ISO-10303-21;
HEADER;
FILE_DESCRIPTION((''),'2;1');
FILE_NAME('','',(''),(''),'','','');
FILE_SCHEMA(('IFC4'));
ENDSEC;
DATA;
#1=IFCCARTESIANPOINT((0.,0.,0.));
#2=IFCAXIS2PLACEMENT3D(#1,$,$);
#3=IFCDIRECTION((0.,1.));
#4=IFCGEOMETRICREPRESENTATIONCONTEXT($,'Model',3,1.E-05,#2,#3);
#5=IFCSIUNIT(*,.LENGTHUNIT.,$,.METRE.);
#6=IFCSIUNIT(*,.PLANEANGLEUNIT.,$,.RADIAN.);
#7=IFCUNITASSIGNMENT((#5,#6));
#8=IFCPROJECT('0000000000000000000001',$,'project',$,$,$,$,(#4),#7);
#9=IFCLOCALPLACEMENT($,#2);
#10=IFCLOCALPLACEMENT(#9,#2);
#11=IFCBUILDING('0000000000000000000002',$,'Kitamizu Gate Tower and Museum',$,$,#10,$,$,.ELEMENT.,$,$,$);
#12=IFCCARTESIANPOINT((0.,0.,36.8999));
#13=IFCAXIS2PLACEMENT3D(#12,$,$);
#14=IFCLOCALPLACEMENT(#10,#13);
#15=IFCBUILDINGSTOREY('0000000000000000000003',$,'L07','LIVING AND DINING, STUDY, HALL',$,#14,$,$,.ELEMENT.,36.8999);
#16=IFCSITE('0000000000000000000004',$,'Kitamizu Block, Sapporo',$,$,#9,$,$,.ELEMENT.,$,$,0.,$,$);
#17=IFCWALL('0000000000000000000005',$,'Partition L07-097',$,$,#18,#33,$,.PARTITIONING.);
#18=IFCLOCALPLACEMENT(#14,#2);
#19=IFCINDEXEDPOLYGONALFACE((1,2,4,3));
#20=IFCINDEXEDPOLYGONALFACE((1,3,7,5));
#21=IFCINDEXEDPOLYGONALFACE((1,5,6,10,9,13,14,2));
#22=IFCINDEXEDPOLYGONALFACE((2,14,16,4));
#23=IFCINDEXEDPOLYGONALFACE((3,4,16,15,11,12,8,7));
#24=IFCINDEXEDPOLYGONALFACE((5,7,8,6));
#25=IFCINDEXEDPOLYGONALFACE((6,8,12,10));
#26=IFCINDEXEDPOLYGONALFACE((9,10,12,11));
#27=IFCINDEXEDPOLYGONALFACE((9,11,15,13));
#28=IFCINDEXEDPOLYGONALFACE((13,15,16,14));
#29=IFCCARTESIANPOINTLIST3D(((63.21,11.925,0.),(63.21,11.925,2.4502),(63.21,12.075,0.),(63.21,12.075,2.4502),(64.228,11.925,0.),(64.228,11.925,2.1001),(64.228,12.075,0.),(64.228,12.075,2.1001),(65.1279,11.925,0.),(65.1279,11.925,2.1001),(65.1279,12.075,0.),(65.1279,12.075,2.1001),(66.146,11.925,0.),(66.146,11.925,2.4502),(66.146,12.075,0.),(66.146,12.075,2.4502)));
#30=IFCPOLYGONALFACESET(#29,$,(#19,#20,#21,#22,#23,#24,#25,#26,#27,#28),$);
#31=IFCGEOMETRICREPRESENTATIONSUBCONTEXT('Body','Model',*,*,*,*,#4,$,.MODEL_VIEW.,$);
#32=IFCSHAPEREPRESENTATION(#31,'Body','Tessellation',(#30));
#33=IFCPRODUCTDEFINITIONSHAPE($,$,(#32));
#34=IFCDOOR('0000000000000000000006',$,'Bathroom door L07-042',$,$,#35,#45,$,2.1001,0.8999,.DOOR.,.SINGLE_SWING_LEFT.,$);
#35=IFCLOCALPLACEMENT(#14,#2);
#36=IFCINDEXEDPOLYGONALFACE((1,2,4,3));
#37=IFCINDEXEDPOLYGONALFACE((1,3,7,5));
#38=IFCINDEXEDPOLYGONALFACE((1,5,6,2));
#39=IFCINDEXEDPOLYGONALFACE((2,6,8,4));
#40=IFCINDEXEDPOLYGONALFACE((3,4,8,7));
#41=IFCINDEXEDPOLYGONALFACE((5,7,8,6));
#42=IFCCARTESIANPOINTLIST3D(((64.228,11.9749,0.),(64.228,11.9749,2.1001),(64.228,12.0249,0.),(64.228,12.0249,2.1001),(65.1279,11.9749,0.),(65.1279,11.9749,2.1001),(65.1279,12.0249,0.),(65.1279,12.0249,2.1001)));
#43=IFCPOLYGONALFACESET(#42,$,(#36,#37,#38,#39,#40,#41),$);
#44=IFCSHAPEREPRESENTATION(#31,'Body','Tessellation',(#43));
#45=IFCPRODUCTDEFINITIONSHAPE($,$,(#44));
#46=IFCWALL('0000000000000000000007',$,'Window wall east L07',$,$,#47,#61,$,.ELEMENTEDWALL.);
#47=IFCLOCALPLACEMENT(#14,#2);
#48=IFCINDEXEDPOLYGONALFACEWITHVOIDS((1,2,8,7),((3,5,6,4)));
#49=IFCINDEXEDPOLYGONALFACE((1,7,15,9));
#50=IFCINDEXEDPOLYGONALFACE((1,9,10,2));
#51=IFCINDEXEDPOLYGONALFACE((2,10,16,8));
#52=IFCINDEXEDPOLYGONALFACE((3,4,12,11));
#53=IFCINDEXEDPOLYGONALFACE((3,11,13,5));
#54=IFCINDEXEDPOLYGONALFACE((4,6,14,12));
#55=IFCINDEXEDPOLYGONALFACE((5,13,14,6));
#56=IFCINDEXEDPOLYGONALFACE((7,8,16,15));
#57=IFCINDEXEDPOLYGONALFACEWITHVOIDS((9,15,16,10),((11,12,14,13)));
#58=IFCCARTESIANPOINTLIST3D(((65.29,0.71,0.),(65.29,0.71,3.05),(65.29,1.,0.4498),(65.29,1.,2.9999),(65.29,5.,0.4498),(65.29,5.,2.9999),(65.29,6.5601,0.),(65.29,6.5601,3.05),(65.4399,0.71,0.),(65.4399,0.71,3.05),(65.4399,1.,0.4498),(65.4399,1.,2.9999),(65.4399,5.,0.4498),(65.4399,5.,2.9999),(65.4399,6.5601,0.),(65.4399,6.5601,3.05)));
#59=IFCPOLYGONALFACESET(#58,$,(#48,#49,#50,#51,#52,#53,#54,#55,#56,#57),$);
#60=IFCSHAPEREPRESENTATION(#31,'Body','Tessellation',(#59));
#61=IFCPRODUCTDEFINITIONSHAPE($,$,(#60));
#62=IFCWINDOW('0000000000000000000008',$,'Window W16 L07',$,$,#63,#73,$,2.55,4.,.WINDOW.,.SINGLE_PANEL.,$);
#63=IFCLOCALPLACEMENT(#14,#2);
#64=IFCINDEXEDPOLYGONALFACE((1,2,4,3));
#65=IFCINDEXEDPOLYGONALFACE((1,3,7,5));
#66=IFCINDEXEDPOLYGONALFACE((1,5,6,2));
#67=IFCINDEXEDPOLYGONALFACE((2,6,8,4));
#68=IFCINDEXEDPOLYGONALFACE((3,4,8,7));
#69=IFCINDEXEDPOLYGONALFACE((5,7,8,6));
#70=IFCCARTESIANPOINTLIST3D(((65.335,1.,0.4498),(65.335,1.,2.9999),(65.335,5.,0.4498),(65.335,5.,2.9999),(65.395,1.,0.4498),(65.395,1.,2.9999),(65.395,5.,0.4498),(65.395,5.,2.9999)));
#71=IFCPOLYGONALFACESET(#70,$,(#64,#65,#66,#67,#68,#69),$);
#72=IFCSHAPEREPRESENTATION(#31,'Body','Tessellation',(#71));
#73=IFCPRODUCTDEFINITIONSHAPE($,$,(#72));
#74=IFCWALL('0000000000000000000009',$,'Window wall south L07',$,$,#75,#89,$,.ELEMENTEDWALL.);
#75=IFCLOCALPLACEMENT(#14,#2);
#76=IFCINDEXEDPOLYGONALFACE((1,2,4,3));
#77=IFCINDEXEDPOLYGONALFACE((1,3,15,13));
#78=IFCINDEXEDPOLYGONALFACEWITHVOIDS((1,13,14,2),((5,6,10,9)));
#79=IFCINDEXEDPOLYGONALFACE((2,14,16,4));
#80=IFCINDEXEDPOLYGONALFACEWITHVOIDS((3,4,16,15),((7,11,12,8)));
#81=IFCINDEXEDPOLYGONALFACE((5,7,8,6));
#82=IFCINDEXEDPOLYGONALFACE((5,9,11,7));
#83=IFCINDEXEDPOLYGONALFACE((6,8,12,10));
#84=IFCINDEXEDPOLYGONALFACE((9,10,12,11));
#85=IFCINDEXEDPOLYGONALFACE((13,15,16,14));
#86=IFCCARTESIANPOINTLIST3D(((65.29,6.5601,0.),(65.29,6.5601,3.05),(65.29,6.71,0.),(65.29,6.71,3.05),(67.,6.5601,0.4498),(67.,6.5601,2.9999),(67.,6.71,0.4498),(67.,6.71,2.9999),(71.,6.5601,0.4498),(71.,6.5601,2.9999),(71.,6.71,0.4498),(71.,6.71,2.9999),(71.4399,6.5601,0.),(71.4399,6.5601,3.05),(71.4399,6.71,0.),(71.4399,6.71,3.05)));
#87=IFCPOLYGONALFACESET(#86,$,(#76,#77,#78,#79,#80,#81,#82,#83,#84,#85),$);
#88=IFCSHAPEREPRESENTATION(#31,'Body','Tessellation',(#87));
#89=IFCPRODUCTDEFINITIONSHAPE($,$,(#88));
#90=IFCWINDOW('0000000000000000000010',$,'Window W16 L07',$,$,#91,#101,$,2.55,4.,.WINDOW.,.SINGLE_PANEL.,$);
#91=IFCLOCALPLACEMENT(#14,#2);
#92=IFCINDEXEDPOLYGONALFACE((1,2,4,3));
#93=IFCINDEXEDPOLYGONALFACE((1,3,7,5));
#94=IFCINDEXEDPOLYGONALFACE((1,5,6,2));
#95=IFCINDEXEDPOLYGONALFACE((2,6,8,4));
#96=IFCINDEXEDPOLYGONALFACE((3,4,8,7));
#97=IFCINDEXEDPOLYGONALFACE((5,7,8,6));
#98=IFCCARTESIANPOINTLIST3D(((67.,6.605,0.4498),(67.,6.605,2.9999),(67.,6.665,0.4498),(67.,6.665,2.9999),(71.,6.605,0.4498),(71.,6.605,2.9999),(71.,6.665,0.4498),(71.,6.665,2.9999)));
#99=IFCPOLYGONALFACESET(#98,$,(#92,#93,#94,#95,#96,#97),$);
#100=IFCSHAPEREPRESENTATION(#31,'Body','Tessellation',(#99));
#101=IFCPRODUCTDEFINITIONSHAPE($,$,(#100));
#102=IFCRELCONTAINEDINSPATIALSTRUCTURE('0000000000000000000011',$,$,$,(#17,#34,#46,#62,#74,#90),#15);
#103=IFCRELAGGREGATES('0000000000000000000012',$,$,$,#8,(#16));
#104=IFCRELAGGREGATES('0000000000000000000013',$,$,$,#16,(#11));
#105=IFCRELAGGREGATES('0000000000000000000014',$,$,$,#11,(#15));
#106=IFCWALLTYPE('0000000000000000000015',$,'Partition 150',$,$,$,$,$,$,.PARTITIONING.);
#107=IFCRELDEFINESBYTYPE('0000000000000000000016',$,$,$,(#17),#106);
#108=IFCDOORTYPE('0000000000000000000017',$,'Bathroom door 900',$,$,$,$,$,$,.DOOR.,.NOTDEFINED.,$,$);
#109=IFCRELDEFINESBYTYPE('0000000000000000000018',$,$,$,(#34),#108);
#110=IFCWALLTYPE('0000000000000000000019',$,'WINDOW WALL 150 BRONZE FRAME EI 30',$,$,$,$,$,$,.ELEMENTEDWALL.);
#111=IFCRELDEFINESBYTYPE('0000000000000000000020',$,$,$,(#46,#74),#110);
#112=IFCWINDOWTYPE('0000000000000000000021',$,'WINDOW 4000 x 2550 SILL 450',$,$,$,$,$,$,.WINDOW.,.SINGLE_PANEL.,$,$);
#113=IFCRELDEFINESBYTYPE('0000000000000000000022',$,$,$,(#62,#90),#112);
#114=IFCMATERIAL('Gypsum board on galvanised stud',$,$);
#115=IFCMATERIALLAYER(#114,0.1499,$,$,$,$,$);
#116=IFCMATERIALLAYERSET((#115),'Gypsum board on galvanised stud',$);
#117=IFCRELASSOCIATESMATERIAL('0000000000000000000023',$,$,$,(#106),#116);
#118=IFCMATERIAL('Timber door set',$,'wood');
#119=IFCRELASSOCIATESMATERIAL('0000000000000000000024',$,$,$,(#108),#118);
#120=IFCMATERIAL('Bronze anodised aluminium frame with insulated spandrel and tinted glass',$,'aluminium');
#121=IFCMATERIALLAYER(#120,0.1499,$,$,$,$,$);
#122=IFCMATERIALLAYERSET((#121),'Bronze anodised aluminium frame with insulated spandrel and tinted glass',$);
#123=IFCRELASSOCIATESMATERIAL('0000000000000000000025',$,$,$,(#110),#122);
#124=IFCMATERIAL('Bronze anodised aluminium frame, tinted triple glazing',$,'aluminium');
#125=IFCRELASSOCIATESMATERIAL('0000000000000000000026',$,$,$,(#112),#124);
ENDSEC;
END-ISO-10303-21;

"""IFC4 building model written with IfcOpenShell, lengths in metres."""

from ifc_helpers import new_model, si_unit, direction, frame, frame_2d, origin, place, context, subcontext, project, spatial, rectangle, extrude, material, layer, layer_set, type_object, element, fill, save


model = new_model("IFC4")

# Units and contexts
model_context = context("Model", 3, precision=1e-05, world=origin(), true_north=direction((0.0, 1.0)))
body_context = subcontext(model_context, "Body", "Model", "MODEL_VIEW")
ifc_project = project(units=[si_unit("LENGTHUNIT", "METRE"), si_unit("PLANEANGLEUNIT", "RADIAN")], contexts=[model_context])

# Site, building, storey
site_placement = place(None, origin())
site = spatial("IfcSite", under=ifc_project, at=site_placement, Name="Kitamizu Block, Sapporo", CompositionType="ELEMENT", RefElevation=0.0)
building_placement = place(site_placement, origin())
building = spatial("IfcBuilding", under=site, at=building_placement, Name="Kitamizu Gate Tower and Museum", CompositionType="ELEMENT")
storey_placement = place(building_placement, frame((0.0, 0.0, 36.8999)))
storey = spatial("IfcBuildingStorey", under=building, at=storey_placement, Name="L07", Description="LIVING AND DINING, STUDY, HALL", CompositionType="ELEMENT", Elevation=36.8999)

# Wall, opening, door
ifc_material_1 = material(Name="Gypsum board on galvanised stud")
ifc_layer_1 = layer(ifc_material_1, 0.1499)
ifc_layer_set_1 = layer_set([ifc_layer_1], Name="Gypsum board on galvanised stud")
wall_type_1 = type_object("IfcWallType", Name="Partition 150", PredefinedType="PARTITIONING", material=ifc_layer_set_1)
wall_1_placement = place(storey_placement, frame((66.146, 12.0, 0.0), z_axis=(0.0, 0.0, 1.0), x_axis=(-1.0, 0.0, 0.0)))
wall_1 = element("IfcWall", 1, at=wall_1_placement, inside=storey, type_object=wall_type_1, Name="Partition L07-097", PredefinedType="PARTITIONING", context=body_context, shape_type="SweptSolid", body=[
    extrude(rectangle(XDim=2.936, YDim=0.1499, at=frame_2d((1.468, 0.0))), origin(), (0.0, 0.0, 1.0), 2.4502),
])
opening_1_placement = place(wall_1_placement, frame((1.0181, 0.0, 0.0)))
opening_1 = element("IfcOpeningElement", 2, at=opening_1_placement, cuts=wall_1, PredefinedType="OPENING", context=body_context, shape_type="SweptSolid", body=[
    extrude(rectangle(XDim=0.8999, YDim=2.1001, at=frame_2d((0.45, 1.05))), frame((0.0, 0.085, 0.0), z_axis=(0.0, -1.0, 0.0), x_axis=(1.0, 0.0, 0.0)), (0.0, 0.0, 1.0), 0.1699),
])
ifc_material_2 = material(Name="Timber door set", Category="wood")
door_type_1 = type_object("IfcDoorType", Name="Bathroom door 900", OperationType="NOTDEFINED", PredefinedType="DOOR", material=ifc_material_2)
door_1_placement = place(opening_1_placement, frame((0.8999, 0.0, 0.0), x_axis=(-1.0, 0.0, 0.0)))
door_1 = element("IfcDoor", 3, at=door_1_placement, inside=storey, type_object=door_type_1, Name="Bathroom door L07-042", OperationType="SINGLE_SWING_LEFT", OverallHeight=2.1001, OverallWidth=0.8999, PredefinedType="DOOR", context=body_context, shape_type="SweptSolid", body=[
    extrude(rectangle(XDim=0.8999, YDim=2.1001, at=frame_2d((0.45, 1.05))), frame((0.0, 0.0249, 0.0), z_axis=(0.0, -1.0, 0.0), x_axis=(1.0, 0.0, 0.0)), (0.0, 0.0, 1.0), 0.05),
])
fill(opening_1, door_1)

# Walls, openings, windows
ifc_material_3 = material(Name="Bronze anodised aluminium frame with insulated spandrel and tinted glass", Category="aluminium")
ifc_layer_2 = layer(ifc_material_3, 0.1499)
ifc_layer_set_2 = layer_set([ifc_layer_2], Name="Bronze anodised aluminium frame with insulated spandrel and tinted glass")
wall_type_2 = type_object("IfcWallType", Name="WINDOW WALL 150 BRONZE FRAME EI 30", PredefinedType="ELEMENTEDWALL", material=ifc_layer_set_2)
wall_2_placement = place(storey_placement, frame((65.365, 0.71, 0.0), z_axis=(0.0, 0.0, 1.0), x_axis=(0.0, 1.0, 0.0)))
wall_2 = element("IfcWall", 4, at=wall_2_placement, inside=storey, type_object=wall_type_2, Name="Window wall east L07", PredefinedType="ELEMENTEDWALL", context=body_context, shape_type="SweptSolid", body=[
    extrude(rectangle(XDim=5.8501, YDim=0.1499, at=frame_2d((2.925, 0.0))), origin(), (0.0, 0.0, 1.0), 3.05),
])
opening_2_placement = place(wall_2_placement, frame((0.29, 0.0, 0.45)))
opening_2 = element("IfcOpeningElement", 5, at=opening_2_placement, cuts=wall_2, PredefinedType="OPENING", context=body_context, shape_type="SweptSolid", body=[
    extrude(rectangle(XDim=4.0, YDim=2.55, at=frame_2d((2.0, 1.2749))), frame((0.0, 0.085, 0.0), z_axis=(0.0, -1.0, 0.0), x_axis=(1.0, 0.0, 0.0)), (0.0, 0.0, 1.0), 0.1699),
])
ifc_material_4 = material(Name="Bronze anodised aluminium frame, tinted triple glazing", Category="aluminium")
window_type_1 = type_object("IfcWindowType", Name="WINDOW 4000 x 2550 SILL 450", PartitioningType="SINGLE_PANEL", PredefinedType="WINDOW", material=ifc_material_4)
window_1_placement = place(opening_2_placement, origin())
window_1 = element("IfcWindow", 6, at=window_1_placement, inside=storey, type_object=window_type_1, Name="Window W16 L07", OverallHeight=2.55, OverallWidth=4.0, PartitioningType="SINGLE_PANEL", PredefinedType="WINDOW", context=body_context, shape_type="SweptSolid", body=[
    extrude(rectangle(XDim=4.0, YDim=2.55, at=frame_2d((2.0, 1.2749))), frame((0.0, 0.03, 0.0), z_axis=(0.0, -1.0, 0.0), x_axis=(1.0, 0.0, 0.0)), (0.0, 0.0, 1.0), 0.0601),
])
fill(opening_2, window_1)
wall_3_placement = place(storey_placement, frame((65.29, 6.635, 0.0), z_axis=(0.0, 0.0, 1.0), x_axis=(1.0, 0.0, 0.0)))
wall_3 = element("IfcWall", 7, at=wall_3_placement, inside=storey, type_object=wall_type_2, Name="Window wall south L07", PredefinedType="ELEMENTEDWALL", context=body_context, shape_type="SweptSolid", body=[
    extrude(rectangle(XDim=6.1499, YDim=0.1499, at=frame_2d((3.075, 0.0))), origin(), (0.0, 0.0, 1.0), 3.05),
])
opening_3_placement = place(wall_3_placement, frame((1.71, 0.0, 0.45)))
opening_3 = element("IfcOpeningElement", 8, at=opening_3_placement, cuts=wall_3, PredefinedType="OPENING", context=body_context, shape_type="SweptSolid", body=[
    extrude(rectangle(XDim=4.0, YDim=2.55, at=frame_2d((2.0, 1.2749))), frame((0.0, 0.085, 0.0), z_axis=(0.0, -1.0, 0.0), x_axis=(1.0, 0.0, 0.0)), (0.0, 0.0, 1.0), 0.1699),
])
window_2_placement = place(opening_3_placement, origin())
window_2 = element("IfcWindow", 9, at=window_2_placement, inside=storey, type_object=window_type_1, Name="Window W16 L07", OverallHeight=2.55, OverallWidth=4.0, PartitioningType="SINGLE_PANEL", PredefinedType="WINDOW", context=body_context, shape_type="SweptSolid", body=[
    extrude(rectangle(XDim=4.0, YDim=2.55, at=frame_2d((2.0, 1.2749))), frame((0.0, 0.03, 0.0), z_axis=(0.0, -1.0, 0.0), x_axis=(1.0, 0.0, 0.0)), (0.0, 0.0, 1.0), 0.0601),
])
fill(opening_3, window_2)

save(model, "model.ifc")
